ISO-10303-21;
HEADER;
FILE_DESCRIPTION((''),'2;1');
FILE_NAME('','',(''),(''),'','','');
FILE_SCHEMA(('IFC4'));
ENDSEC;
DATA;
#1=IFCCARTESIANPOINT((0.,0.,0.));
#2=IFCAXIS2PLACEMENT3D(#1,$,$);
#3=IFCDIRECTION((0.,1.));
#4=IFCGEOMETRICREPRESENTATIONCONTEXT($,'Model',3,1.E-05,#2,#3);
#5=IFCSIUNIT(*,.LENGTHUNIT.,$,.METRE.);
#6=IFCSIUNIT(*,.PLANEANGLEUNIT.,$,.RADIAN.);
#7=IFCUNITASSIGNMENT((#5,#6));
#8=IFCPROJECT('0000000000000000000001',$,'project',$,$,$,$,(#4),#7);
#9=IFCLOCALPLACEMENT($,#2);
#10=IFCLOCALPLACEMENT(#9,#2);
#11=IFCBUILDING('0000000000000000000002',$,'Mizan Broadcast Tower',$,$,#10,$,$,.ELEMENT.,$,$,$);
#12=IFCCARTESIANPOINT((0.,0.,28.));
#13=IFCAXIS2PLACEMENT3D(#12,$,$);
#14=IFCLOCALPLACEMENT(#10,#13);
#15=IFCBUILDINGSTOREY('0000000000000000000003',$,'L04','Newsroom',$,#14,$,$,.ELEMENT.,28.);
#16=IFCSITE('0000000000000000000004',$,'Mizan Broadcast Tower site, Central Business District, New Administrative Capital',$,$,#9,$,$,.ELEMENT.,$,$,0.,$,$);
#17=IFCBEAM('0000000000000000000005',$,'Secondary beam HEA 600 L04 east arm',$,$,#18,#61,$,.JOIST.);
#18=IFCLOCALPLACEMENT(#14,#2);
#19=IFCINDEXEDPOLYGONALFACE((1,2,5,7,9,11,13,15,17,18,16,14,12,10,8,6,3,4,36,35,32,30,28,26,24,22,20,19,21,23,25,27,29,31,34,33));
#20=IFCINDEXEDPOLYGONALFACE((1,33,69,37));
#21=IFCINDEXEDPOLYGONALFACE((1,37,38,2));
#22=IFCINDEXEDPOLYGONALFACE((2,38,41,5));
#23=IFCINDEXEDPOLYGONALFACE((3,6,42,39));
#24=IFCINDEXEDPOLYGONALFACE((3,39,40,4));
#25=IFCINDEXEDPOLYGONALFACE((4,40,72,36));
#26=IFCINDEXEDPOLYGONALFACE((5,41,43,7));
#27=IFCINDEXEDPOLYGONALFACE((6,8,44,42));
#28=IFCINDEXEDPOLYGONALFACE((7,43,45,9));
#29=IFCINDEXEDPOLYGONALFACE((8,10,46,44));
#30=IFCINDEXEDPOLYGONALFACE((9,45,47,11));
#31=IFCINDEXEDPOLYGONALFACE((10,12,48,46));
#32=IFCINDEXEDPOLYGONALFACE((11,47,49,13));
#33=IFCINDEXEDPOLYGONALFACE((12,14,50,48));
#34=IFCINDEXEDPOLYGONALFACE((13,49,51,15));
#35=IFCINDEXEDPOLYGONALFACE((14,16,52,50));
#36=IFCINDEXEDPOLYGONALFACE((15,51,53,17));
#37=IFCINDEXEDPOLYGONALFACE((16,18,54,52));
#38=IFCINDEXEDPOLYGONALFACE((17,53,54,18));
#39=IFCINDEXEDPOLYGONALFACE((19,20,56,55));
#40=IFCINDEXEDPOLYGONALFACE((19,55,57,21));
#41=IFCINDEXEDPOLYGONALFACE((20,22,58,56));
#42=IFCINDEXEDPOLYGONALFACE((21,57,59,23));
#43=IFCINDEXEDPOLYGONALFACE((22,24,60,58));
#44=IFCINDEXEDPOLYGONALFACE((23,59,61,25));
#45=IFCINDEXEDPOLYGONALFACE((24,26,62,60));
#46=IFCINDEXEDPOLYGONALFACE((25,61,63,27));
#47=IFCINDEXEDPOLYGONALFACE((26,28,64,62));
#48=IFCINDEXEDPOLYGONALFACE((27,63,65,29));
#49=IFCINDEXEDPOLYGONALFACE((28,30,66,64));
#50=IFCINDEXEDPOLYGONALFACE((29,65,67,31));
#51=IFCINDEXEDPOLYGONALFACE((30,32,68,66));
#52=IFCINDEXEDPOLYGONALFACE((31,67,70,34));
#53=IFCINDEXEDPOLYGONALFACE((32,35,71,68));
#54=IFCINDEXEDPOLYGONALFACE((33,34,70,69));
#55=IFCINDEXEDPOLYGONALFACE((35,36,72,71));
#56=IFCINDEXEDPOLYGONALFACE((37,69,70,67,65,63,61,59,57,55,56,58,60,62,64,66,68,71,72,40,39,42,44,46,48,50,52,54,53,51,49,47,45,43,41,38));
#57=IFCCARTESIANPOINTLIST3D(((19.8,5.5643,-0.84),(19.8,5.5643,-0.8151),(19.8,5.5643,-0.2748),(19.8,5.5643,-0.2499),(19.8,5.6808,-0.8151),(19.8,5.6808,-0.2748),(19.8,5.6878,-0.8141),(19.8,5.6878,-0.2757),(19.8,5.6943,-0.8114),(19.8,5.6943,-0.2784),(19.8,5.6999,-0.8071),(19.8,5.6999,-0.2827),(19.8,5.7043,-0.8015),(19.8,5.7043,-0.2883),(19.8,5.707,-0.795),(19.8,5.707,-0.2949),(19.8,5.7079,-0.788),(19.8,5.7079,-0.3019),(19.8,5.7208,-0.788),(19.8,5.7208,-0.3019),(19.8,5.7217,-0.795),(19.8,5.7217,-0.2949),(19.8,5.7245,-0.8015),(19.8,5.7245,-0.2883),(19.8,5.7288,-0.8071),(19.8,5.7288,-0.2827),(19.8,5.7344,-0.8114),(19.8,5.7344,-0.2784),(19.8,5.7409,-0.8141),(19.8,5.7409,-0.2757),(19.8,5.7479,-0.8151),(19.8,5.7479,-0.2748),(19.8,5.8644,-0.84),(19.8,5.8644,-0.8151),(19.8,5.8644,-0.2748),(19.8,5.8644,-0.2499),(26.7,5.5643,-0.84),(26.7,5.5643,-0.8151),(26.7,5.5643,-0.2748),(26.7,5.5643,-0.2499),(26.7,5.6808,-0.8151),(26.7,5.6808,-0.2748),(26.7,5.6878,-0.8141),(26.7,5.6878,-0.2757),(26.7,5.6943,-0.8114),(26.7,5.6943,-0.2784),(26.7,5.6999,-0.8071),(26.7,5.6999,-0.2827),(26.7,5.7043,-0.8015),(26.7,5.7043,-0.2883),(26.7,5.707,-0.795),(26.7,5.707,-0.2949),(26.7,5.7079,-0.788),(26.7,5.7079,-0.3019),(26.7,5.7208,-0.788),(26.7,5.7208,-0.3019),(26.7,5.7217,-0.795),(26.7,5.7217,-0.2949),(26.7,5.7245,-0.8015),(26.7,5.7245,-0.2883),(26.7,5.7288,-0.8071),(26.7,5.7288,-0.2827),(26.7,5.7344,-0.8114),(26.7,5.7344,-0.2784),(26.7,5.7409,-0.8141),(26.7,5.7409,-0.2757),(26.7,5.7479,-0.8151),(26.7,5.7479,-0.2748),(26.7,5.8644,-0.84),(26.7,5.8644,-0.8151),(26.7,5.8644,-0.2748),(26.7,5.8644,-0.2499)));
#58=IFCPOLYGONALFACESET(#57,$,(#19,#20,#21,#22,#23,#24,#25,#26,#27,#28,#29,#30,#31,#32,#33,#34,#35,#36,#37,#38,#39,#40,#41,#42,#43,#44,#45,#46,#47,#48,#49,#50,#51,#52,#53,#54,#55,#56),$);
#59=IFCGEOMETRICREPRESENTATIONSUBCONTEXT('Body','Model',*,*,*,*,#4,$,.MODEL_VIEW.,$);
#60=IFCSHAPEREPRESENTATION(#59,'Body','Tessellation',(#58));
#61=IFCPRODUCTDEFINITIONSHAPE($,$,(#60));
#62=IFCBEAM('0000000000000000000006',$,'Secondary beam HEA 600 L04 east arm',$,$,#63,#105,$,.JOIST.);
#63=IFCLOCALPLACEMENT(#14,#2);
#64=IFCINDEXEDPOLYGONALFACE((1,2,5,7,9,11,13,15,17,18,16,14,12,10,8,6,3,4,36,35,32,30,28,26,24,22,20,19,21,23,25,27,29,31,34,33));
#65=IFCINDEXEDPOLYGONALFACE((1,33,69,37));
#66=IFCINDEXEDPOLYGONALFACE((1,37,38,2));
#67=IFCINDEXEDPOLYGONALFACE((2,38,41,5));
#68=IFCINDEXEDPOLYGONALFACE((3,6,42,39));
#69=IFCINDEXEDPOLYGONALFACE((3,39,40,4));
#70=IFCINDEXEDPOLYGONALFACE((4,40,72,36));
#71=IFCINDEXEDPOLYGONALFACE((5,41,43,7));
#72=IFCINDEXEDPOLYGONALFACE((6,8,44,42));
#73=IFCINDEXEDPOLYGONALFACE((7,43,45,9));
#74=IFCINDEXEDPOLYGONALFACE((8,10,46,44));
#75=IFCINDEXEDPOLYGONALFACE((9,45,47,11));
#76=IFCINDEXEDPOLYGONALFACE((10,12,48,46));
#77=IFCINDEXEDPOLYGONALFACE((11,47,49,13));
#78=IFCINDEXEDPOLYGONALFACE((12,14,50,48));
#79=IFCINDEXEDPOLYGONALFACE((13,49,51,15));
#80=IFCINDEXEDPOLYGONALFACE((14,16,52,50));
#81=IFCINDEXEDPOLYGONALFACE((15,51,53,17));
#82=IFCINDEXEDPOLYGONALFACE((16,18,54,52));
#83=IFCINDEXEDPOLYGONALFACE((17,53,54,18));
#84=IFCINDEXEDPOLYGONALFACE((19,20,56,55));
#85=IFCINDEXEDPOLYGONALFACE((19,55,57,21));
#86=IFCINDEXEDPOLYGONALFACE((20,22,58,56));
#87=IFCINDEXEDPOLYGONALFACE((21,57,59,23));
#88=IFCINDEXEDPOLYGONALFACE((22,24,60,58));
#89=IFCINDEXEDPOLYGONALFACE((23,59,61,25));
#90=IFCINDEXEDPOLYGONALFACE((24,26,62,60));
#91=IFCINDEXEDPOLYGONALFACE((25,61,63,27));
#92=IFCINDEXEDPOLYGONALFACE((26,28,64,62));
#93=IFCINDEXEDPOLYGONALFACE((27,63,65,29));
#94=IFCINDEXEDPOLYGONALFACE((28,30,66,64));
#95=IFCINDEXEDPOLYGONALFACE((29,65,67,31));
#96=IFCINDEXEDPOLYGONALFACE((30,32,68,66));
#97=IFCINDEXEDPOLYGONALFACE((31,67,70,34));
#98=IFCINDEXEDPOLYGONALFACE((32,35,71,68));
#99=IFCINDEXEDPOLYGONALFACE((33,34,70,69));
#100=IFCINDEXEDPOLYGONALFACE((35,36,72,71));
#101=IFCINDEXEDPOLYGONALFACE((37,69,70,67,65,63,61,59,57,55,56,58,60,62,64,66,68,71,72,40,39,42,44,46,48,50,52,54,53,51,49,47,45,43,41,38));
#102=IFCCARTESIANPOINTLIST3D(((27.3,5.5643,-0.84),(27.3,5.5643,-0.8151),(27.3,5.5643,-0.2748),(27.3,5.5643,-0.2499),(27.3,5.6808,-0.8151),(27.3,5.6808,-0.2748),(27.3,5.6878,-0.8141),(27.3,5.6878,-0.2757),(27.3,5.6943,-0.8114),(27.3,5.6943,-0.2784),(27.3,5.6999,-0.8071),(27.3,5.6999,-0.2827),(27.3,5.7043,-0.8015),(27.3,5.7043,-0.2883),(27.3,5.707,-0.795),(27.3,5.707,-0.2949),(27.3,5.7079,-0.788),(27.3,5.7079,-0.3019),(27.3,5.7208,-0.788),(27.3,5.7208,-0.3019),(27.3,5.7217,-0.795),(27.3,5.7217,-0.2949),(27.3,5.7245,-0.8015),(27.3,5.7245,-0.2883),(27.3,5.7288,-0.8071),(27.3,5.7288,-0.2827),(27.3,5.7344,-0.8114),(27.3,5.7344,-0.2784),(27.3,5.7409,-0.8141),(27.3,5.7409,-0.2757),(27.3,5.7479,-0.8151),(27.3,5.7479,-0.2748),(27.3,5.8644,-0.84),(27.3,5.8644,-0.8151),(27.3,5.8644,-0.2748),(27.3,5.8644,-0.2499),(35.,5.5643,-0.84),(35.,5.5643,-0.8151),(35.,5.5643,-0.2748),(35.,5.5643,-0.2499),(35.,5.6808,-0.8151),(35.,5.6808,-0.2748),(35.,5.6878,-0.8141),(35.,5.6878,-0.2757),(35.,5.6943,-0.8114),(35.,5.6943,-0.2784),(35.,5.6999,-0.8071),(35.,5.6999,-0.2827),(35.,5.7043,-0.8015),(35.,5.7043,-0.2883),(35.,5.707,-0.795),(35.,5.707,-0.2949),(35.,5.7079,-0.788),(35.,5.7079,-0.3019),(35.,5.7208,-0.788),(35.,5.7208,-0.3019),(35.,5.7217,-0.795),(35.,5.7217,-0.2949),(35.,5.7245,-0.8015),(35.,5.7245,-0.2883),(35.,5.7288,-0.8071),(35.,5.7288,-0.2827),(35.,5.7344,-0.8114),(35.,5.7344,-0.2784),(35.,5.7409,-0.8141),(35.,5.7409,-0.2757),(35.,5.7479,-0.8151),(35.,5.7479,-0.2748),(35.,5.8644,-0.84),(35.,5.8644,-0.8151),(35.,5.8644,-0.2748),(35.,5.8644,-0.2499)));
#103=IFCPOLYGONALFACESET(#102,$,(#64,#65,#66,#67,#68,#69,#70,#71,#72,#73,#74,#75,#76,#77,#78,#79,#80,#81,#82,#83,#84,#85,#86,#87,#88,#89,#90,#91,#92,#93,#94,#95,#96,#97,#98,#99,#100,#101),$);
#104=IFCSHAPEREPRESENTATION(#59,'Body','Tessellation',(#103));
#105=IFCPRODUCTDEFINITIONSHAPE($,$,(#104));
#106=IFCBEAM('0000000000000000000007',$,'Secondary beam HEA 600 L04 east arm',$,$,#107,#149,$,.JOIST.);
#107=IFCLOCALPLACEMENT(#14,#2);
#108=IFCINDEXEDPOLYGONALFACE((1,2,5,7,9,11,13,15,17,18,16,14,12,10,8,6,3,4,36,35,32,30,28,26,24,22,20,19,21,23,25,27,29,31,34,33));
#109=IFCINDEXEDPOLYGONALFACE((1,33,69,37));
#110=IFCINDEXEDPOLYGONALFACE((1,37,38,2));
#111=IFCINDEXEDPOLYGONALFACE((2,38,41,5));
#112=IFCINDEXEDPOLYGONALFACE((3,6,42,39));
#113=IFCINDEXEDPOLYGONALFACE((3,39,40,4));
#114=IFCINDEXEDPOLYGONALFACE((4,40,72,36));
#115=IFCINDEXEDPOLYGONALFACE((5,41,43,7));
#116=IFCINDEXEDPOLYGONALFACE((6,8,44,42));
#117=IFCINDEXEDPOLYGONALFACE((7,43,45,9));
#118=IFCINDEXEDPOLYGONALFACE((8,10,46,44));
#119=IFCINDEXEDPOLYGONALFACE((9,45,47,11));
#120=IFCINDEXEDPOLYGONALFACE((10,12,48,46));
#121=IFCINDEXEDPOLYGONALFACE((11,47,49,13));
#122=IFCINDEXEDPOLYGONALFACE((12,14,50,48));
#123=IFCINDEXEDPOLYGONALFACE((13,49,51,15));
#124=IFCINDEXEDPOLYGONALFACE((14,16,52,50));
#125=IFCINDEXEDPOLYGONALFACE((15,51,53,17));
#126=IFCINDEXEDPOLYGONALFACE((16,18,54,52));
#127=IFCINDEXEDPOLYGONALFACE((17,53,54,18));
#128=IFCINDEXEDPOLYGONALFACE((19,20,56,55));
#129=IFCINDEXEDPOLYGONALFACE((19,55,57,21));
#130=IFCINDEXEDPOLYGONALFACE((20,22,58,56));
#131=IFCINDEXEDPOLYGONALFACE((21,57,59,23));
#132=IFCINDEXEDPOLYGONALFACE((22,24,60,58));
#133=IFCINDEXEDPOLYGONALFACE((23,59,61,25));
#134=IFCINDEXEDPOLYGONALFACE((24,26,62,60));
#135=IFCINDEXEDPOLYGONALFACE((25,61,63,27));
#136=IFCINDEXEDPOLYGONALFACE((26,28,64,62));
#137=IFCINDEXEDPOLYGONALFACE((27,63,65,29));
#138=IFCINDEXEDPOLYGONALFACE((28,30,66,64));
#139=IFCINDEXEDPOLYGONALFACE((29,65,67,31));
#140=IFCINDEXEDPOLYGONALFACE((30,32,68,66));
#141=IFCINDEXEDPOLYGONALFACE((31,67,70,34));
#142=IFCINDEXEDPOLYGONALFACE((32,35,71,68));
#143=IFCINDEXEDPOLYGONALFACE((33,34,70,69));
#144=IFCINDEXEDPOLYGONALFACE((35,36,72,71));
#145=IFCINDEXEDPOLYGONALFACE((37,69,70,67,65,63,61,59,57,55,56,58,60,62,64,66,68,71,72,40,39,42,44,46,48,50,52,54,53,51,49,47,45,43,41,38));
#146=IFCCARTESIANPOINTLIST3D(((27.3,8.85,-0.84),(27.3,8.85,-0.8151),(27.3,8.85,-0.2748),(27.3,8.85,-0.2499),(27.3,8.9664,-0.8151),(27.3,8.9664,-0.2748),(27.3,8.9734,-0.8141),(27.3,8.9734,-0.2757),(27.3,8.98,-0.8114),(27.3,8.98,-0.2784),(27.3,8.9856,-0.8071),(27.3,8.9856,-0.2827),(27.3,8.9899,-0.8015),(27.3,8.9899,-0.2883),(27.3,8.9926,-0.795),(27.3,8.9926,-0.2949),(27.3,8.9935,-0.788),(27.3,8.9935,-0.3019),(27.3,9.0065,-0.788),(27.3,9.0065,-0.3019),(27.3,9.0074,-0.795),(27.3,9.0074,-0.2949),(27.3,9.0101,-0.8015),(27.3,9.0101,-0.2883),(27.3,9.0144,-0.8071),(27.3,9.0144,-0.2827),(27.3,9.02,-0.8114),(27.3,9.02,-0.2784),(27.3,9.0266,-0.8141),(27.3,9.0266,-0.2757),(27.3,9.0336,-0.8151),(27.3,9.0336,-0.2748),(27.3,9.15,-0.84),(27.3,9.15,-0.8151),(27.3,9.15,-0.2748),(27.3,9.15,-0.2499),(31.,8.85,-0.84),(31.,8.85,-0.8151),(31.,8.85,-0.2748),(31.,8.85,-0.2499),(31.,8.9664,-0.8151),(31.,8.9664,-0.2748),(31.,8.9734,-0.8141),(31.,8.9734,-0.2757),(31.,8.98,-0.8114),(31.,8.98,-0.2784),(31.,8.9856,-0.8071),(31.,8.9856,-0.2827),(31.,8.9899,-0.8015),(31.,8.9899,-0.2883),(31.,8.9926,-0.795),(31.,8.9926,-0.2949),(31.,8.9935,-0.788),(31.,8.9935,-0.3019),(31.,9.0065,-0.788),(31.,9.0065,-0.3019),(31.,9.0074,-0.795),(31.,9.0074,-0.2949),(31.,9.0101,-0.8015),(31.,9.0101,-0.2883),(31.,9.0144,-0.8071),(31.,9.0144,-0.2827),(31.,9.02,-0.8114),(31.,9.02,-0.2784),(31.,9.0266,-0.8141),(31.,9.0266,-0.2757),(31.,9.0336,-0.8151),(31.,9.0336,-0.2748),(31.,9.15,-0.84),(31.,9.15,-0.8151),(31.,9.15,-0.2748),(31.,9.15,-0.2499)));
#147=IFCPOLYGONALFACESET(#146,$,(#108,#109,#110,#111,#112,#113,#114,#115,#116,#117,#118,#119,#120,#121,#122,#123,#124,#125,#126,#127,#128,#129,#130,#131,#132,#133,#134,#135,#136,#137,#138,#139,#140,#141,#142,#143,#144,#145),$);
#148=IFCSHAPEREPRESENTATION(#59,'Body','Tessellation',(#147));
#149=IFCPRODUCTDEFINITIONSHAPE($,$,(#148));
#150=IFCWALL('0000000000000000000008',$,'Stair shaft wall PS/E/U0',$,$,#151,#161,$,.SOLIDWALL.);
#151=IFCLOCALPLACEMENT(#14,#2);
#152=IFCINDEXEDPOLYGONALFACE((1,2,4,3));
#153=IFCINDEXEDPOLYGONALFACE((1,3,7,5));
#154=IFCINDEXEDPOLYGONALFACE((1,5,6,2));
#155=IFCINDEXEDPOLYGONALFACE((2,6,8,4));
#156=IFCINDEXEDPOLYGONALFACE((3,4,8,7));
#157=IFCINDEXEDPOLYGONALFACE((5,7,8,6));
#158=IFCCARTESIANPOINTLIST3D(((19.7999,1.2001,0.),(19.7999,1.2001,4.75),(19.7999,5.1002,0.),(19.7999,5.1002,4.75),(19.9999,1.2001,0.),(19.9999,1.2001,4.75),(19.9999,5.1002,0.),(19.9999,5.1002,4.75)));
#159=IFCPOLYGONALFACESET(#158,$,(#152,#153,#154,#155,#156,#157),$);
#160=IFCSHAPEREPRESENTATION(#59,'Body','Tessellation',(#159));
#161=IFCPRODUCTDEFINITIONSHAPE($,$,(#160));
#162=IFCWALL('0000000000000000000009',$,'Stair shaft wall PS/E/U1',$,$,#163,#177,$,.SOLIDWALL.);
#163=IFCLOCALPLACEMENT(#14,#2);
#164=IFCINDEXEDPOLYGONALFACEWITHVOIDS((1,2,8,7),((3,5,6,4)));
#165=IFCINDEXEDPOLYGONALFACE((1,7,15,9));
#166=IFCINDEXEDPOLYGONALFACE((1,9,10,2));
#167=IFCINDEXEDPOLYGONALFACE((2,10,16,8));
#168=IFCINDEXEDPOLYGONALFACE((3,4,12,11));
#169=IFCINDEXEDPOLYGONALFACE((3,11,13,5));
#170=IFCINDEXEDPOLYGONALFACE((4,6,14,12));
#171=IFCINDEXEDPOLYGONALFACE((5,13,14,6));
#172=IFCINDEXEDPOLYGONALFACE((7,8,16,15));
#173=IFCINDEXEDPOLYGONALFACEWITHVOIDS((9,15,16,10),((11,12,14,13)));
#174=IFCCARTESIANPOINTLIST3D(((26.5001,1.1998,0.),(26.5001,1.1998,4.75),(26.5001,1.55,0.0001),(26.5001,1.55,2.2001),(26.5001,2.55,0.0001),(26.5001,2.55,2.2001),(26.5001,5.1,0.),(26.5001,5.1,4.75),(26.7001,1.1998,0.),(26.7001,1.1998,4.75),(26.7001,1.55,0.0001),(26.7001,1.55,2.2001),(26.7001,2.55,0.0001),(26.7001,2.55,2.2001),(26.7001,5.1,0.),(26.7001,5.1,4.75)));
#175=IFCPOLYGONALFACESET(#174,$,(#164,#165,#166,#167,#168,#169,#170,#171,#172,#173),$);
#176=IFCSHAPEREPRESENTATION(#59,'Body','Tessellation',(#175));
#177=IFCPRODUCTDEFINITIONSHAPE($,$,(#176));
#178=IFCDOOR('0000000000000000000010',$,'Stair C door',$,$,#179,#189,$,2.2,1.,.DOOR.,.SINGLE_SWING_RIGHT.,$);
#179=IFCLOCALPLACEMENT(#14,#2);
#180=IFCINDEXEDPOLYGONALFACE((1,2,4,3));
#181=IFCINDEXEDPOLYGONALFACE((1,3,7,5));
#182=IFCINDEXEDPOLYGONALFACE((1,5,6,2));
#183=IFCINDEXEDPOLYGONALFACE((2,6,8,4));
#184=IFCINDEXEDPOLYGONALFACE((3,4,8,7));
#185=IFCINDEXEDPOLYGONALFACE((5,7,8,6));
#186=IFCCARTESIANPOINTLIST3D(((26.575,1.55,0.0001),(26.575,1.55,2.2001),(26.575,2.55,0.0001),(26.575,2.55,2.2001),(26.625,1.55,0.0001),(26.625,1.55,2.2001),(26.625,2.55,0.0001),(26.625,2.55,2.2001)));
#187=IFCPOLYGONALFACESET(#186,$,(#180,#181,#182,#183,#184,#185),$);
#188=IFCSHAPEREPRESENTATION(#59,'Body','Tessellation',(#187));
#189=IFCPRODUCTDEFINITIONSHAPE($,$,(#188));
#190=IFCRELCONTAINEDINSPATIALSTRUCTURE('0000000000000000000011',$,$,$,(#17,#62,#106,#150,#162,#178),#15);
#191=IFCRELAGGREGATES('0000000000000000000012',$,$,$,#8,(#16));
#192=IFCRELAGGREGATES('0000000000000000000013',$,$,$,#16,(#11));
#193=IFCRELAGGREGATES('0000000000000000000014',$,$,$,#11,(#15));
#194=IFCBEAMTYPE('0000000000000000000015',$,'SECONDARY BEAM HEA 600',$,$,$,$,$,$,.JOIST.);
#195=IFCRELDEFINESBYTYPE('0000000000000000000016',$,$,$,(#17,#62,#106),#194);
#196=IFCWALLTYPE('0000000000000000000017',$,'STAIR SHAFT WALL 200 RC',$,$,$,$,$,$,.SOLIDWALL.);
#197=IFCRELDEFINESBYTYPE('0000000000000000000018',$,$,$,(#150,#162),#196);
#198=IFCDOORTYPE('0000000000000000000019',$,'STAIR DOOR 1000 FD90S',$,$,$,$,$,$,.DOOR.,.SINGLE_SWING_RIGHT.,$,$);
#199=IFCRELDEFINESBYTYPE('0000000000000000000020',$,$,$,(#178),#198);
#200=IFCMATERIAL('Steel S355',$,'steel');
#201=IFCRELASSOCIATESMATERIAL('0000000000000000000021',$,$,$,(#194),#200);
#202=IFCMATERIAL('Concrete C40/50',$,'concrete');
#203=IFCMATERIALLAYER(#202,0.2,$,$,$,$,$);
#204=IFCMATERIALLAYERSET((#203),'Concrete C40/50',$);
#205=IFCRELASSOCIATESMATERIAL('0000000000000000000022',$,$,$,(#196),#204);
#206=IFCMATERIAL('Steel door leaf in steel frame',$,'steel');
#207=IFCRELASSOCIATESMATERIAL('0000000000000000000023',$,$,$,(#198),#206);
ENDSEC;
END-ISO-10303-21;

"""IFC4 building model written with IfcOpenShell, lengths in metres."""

from ifc_helpers import new_model, si_unit, direction, frame, frame_2d, origin, origin_2d, place, context, subcontext, project, spatial, rectangle, i_section, extrude, material, layer, layer_set, material_profile, profile_set, type_object, element, fill, save


model = new_model("IFC4")

# Units and contexts
model_context = context("Model", 3, precision=1e-05, world=origin(), true_north=direction((0.0, 1.0)))
body_context = subcontext(model_context, "Body", "Model", "MODEL_VIEW")
ifc_project = project(units=[si_unit("LENGTHUNIT", "METRE"), si_unit("PLANEANGLEUNIT", "RADIAN")], contexts=[model_context])

# Site, building, storey
site_placement = place(None, origin())
site = spatial("IfcSite", under=ifc_project, at=site_placement, Name="Mizan Broadcast Tower site, Central Business District, New Administrative Capital", CompositionType="ELEMENT", RefElevation=0.0)
building_placement = place(site_placement, origin())
building = spatial("IfcBuilding", under=site, at=building_placement, Name="Mizan Broadcast Tower", CompositionType="ELEMENT")
storey_placement = place(building_placement, frame((0.0, 0.0, 28.0)))
storey = spatial("IfcBuildingStorey", under=building, at=storey_placement, Name="L04", Description="Newsroom", CompositionType="ELEMENT", Elevation=28.0)

# Beams
ifc_material_1 = material(Name="Steel S355", Category="steel")
ifc_material_profile_1 = material_profile(ifc_material_1, i_section(OverallWidth=0.3, OverallDepth=0.5901, WebThickness=0.0129, FlangeThickness=0.0249, FilletRadius=0.0271, at=origin_2d()), Name="HEA 600")
ifc_profile_set_1 = profile_set([ifc_material_profile_1], Name="Steel S355")
beam_type_1 = type_object("IfcBeamType", Name="SECONDARY BEAM HEA 600", PredefinedType="JOIST", material=ifc_profile_set_1)
beam_1_placement = place(storey_placement, frame((19.8, 5.7144, -0.5449), z_axis=(1.0, 0.0, 0.0), x_axis=(0.0, 1.0, 0.0)))
element("IfcBeam", 1, at=beam_1_placement, inside=storey, type_object=beam_type_1, Name="Secondary beam HEA 600 L04 east arm", PredefinedType="JOIST", context=body_context, shape_type="SweptSolid", body=[
    extrude(i_section(OverallWidth=0.3, OverallDepth=0.5901, WebThickness=0.0129, FlangeThickness=0.0249, FilletRadius=0.0271, at=origin_2d()), origin(), (0.0, 0.0, 1.0), 6.8999),
])
beam_2_placement = place(storey_placement, frame((27.3, 5.7144, -0.5449), z_axis=(1.0, 0.0, 0.0), x_axis=(0.0, 1.0, 0.0)))
element("IfcBeam", 2, at=beam_2_placement, inside=storey, type_object=beam_type_1, Name="Secondary beam HEA 600 L04 east arm", PredefinedType="JOIST", context=body_context, shape_type="SweptSolid", body=[
    extrude(i_section(OverallWidth=0.3, OverallDepth=0.5901, WebThickness=0.0129, FlangeThickness=0.0249, FilletRadius=0.0271, at=origin_2d()), origin(), (0.0, 0.0, 1.0), 7.7),
])
beam_3_placement = place(storey_placement, frame((27.3, 9.0, -0.5449), z_axis=(1.0, 0.0, 0.0), x_axis=(0.0, 1.0, 0.0)))
element("IfcBeam", 3, at=beam_3_placement, inside=storey, type_object=beam_type_1, Name="Secondary beam HEA 600 L04 east arm", PredefinedType="JOIST", context=body_context, shape_type="SweptSolid", body=[
    extrude(i_section(OverallWidth=0.3, OverallDepth=0.5901, WebThickness=0.0129, FlangeThickness=0.0249, FilletRadius=0.0271, at=origin_2d()), origin(), (0.0, 0.0, 1.0), 3.7),
])

# Wall
ifc_material_2 = material(Name="Concrete C40/50", Category="concrete")
ifc_layer = layer(ifc_material_2, 0.2)
ifc_layer_set = layer_set([ifc_layer], Name="Concrete C40/50")
wall_type = type_object("IfcWallType", Name="STAIR SHAFT WALL 200 RC", PredefinedType="SOLIDWALL", material=ifc_layer_set)
wall_1_placement = place(storey_placement, frame((19.8999, 1.2, 0.0), z_axis=(0.0, 0.0, 1.0), x_axis=(0.0, 1.0, 0.0)))
element("IfcWall", 4, at=wall_1_placement, inside=storey, type_object=wall_type, Name="Stair shaft wall PS/E/U0", PredefinedType="SOLIDWALL", context=body_context, shape_type="SweptSolid", body=[
    extrude(rectangle(XDim=3.9001, YDim=0.2, at=frame_2d((1.9502, 0.0))), origin(), (0.0, 0.0, 1.0), 4.75),
])

# Wall, opening, door
wall_2_placement = place(storey_placement, frame((26.6001, 5.1001, 0.0), z_axis=(0.0, 0.0, 1.0), x_axis=(0.0, -1.0, 0.0)))
wall_2 = element("IfcWall", 5, at=wall_2_placement, inside=storey, type_object=wall_type, Name="Stair shaft wall PS/E/U1", PredefinedType="SOLIDWALL", context=body_context, shape_type="SweptSolid", body=[
    extrude(rectangle(XDim=3.9001, YDim=0.2, at=frame_2d((1.9502, 0.0))), origin(), (0.0, 0.0, 1.0), 4.75),
])
opening_placement = place(wall_2_placement, frame((2.55, 0.0, 0.0)))
opening = element("IfcOpeningElement", 6, at=opening_placement, cuts=wall_2, PredefinedType="OPENING", context=body_context, shape_type="SweptSolid", body=[
    extrude(rectangle(XDim=1.0, YDim=2.2, at=frame_2d((0.5, 1.1001))), frame((0.0, 0.1099, 0.0), z_axis=(0.0, -1.0, 0.0), x_axis=(1.0, 0.0, 0.0)), (0.0, 0.0, 1.0), 0.22),
])
ifc_material_3 = material(Name="Steel door leaf in steel frame", Category="steel")
door_type = type_object("IfcDoorType", Name="STAIR DOOR 1000 FD90S", OperationType="SINGLE_SWING_RIGHT", PredefinedType="DOOR", material=ifc_material_3)
door_placement = place(opening_placement, origin())
door = element("IfcDoor", 7, at=door_placement, inside=storey, type_object=door_type, Name="Stair C door", OperationType="SINGLE_SWING_RIGHT", OverallHeight=2.2, OverallWidth=1.0, PredefinedType="DOOR", context=body_context, shape_type="SweptSolid", body=[
    extrude(rectangle(XDim=1.0, YDim=2.2, at=frame_2d((0.5, 1.1001))), frame((0.0, 0.0249, 0.0), z_axis=(0.0, -1.0, 0.0), x_axis=(1.0, 0.0, 0.0)), (0.0, 0.0, 1.0), 0.05),
])
fill(opening, door)

save(model, "model.ifc")
